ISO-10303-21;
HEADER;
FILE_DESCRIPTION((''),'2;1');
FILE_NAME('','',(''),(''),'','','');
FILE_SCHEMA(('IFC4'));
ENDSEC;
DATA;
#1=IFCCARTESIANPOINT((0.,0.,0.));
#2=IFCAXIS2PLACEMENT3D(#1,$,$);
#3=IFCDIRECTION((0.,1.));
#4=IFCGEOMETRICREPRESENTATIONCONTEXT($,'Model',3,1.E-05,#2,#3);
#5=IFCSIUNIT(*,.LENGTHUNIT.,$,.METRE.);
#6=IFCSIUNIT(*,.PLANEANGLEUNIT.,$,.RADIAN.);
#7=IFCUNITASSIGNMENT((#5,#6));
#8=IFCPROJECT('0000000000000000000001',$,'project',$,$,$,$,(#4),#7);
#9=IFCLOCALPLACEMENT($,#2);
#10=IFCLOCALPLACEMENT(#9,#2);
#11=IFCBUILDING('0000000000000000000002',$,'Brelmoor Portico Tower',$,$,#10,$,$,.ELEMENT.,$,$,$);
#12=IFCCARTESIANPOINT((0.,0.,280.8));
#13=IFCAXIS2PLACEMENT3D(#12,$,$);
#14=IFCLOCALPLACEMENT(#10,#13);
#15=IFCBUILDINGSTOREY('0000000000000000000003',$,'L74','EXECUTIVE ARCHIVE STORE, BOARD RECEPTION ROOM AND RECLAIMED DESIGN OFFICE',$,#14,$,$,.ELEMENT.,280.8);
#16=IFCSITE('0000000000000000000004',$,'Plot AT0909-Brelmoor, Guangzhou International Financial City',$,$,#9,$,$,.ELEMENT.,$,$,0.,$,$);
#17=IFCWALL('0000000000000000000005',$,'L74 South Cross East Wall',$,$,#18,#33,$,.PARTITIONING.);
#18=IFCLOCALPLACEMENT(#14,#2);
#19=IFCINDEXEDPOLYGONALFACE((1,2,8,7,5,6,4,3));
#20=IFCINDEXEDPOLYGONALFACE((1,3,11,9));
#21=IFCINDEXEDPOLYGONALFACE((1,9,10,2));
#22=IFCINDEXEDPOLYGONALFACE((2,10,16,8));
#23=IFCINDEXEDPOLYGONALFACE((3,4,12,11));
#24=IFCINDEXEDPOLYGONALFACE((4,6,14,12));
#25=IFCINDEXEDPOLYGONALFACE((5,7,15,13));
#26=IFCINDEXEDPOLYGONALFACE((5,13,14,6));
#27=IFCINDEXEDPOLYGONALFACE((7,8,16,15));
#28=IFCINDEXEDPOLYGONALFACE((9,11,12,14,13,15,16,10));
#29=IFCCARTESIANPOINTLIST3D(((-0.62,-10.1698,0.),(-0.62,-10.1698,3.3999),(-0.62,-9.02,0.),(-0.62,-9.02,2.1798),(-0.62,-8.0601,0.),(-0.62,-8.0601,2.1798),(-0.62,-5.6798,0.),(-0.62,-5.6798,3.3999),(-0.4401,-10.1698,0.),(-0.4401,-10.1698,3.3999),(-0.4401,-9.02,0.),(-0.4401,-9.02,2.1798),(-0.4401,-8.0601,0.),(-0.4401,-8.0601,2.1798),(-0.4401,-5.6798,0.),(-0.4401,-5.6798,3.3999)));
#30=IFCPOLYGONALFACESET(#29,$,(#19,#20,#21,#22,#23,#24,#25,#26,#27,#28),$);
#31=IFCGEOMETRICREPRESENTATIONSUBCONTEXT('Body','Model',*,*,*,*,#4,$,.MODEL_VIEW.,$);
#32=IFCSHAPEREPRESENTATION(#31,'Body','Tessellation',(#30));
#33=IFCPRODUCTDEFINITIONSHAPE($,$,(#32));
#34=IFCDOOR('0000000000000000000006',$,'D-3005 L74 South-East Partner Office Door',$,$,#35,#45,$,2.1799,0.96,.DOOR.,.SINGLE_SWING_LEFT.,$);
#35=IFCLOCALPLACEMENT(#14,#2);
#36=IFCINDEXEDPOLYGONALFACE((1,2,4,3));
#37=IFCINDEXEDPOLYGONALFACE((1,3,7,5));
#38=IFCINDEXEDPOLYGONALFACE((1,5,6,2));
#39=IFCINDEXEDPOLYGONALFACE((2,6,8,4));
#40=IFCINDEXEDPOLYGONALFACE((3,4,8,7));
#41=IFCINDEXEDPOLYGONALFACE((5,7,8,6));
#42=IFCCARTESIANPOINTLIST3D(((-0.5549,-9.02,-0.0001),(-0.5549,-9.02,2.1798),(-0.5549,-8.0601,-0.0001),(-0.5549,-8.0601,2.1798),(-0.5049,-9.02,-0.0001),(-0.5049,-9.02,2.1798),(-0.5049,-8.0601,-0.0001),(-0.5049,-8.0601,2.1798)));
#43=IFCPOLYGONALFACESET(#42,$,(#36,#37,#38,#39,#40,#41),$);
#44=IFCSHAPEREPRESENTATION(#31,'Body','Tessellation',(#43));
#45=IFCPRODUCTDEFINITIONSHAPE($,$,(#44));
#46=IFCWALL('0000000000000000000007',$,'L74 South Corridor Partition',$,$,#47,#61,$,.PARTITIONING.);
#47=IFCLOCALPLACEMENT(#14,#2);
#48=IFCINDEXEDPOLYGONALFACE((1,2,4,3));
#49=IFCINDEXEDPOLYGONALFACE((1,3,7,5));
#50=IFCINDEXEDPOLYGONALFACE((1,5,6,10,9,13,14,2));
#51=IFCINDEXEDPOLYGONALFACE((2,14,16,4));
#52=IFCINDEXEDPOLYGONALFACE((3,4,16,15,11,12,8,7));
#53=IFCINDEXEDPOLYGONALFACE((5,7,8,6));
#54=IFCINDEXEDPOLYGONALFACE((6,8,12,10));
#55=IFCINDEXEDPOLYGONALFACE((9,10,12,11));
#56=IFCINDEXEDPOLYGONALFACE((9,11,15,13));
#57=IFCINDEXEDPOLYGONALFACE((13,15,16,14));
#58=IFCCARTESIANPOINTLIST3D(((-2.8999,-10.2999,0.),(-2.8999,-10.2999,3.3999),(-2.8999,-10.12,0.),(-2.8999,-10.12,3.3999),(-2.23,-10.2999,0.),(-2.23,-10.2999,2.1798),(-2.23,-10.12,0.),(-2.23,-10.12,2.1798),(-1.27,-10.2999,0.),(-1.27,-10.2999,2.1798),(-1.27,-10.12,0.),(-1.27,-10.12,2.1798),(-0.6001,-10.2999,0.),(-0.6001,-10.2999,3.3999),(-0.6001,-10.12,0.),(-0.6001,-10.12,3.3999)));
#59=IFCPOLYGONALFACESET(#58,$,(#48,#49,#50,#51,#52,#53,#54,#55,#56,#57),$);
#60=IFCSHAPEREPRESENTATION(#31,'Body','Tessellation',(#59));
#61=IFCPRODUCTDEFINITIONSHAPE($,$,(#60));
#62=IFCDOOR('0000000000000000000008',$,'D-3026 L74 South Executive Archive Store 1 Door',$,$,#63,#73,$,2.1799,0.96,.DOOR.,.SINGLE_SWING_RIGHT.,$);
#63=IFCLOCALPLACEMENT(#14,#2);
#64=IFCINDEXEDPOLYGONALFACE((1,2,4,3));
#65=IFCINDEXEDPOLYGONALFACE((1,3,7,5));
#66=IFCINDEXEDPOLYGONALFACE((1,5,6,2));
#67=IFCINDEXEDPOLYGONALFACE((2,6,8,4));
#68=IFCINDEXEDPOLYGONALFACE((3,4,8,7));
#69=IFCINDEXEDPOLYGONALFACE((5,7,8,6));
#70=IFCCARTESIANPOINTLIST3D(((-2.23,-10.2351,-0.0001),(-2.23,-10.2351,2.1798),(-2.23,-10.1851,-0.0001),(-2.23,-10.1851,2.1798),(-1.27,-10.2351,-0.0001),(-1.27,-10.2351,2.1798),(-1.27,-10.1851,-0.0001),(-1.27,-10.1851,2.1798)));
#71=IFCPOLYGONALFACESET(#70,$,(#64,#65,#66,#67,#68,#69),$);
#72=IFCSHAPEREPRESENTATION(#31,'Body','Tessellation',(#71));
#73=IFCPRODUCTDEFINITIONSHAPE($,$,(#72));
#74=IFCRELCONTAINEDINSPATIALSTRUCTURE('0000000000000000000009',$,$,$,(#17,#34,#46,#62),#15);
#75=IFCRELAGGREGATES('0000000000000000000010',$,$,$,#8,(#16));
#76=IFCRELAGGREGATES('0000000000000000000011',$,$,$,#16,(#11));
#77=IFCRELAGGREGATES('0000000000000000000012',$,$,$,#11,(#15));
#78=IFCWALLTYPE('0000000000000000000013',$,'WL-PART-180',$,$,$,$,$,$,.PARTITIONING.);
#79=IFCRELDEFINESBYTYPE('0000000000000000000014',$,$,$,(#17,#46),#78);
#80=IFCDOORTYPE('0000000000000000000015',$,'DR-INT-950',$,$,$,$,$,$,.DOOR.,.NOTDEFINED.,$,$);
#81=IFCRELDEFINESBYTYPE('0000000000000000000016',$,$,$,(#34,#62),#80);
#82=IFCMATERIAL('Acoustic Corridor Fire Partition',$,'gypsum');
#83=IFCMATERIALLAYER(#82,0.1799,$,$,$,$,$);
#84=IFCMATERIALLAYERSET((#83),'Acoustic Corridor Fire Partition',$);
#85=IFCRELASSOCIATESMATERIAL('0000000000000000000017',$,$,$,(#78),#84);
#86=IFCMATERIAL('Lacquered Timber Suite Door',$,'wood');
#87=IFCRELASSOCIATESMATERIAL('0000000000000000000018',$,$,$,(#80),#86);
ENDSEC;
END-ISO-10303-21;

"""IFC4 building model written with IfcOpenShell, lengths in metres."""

from ifc_helpers import new_model, si_unit, direction, frame, frame_2d, origin, place, context, subcontext, project, spatial, rectangle, extrude, material, layer, layer_set, type_object, element, fill, save


model = new_model("IFC4")

# Units and contexts
model_context = context("Model", 3, precision=1e-05, world=origin(), true_north=direction((0.0, 1.0)))
body_context = subcontext(model_context, "Body", "Model", "MODEL_VIEW")
ifc_project = project(units=[si_unit("LENGTHUNIT", "METRE"), si_unit("PLANEANGLEUNIT", "RADIAN")], contexts=[model_context])

# Site, building, storey
site_placement = place(None, origin())
site = spatial("IfcSite", under=ifc_project, at=site_placement, Name="Plot AT0909-Brelmoor, Guangzhou International Financial City", CompositionType="ELEMENT", RefElevation=0.0)
building_placement = place(site_placement, origin())
building = spatial("IfcBuilding", under=site, at=building_placement, Name="Brelmoor Portico Tower", CompositionType="ELEMENT")
storey_placement = place(building_placement, frame((0.0, 0.0, 280.8)))
storey = spatial("IfcBuildingStorey", under=building, at=storey_placement, Name="L74", Description="EXECUTIVE ARCHIVE STORE, BOARD RECEPTION ROOM AND RECLAIMED DESIGN OFFICE", CompositionType="ELEMENT", Elevation=280.8)

# Walls, openings, doors
ifc_material_1 = material(Name="Acoustic Corridor Fire Partition", Category="gypsum")
ifc_layer_1 = layer(ifc_material_1, 0.1799)
ifc_layer_set_1 = layer_set([ifc_layer_1], Name="Acoustic Corridor Fire Partition")
wall_type = type_object("IfcWallType", Name="WL-PART-180", PredefinedType="PARTITIONING", material=ifc_layer_set_1)
ifc_material_2 = material(Name="Lacquered Timber Suite Door", Category="wood")
door_type = type_object("IfcDoorType", Name="DR-INT-950", OperationType="NOTDEFINED", PredefinedType="DOOR", material=ifc_material_2)
wall_1_placement = place(storey_placement, frame((-0.53, -10.1699, 0.0), z_axis=(0.0, 0.0, 1.0), x_axis=(0.0, 1.0, 0.0)))
wall_1 = element("IfcWall", 1, at=wall_1_placement, inside=storey, type_object=wall_type, Name="L74 South Cross East Wall", PredefinedType="PARTITIONING", context=body_context, shape_type="SweptSolid", body=[
    extrude(rectangle(XDim=4.49, YDim=0.1799, at=frame_2d((2.2451, 0.0))), origin(), (0.0, 0.0, 1.0), 3.3999),
])
opening_1_placement = place(wall_1_placement, frame((1.1499, 0.0, 0.0)))
opening_1 = element("IfcOpeningElement", 2, at=opening_1_placement, cuts=wall_1, PredefinedType="OPENING", context=body_context, shape_type="SweptSolid", body=[
    extrude(rectangle(XDim=0.96, YDim=2.1799, at=frame_2d((0.48, 1.0898))), frame((0.0, 0.0999, 0.0), z_axis=(0.0, -1.0, 0.0), x_axis=(1.0, 0.0, 0.0)), (0.0, 0.0, 1.0), 0.2),
])
door_1_placement = place(opening_1_placement, origin())
door_1 = element("IfcDoor", 3, at=door_1_placement, inside=storey, type_object=door_type, Name="D-3005 L74 South-East Partner Office Door", OperationType="SINGLE_SWING_LEFT", OverallHeight=2.1799, OverallWidth=0.96, PredefinedType="DOOR", context=body_context, shape_type="SweptSolid", body=[
    extrude(rectangle(XDim=0.96, YDim=2.1799, at=frame_2d((0.48, 1.0898))), frame((0.0, 0.0249, 0.0), z_axis=(0.0, -1.0, 0.0), x_axis=(1.0, 0.0, 0.0)), (0.0, 0.0, 1.0), 0.05),
])
fill(opening_1, door_1)
wall_2_placement = place(storey_placement, frame((-2.8999, -10.21, 0.0), z_axis=(0.0, 0.0, 1.0), x_axis=(1.0, 0.0, 0.0)))
wall_2 = element("IfcWall", 4, at=wall_2_placement, inside=storey, type_object=wall_type, Name="L74 South Corridor Partition", PredefinedType="PARTITIONING", context=body_context, shape_type="SweptSolid", body=[
    extrude(rectangle(XDim=2.2998, YDim=0.1799, at=frame_2d((1.1499, 0.0))), origin(), (0.0, 0.0, 1.0), 3.3999),
])
opening_2_placement = place(wall_2_placement, frame((0.6699, 0.0, 0.0)))
opening_2 = element("IfcOpeningElement", 5, at=opening_2_placement, cuts=wall_2, PredefinedType="OPENING", context=body_context, shape_type="SweptSolid", body=[
    extrude(rectangle(XDim=0.96, YDim=2.1799, at=frame_2d((0.48, 1.0898))), frame((0.0, 0.0999, 0.0), z_axis=(0.0, -1.0, 0.0), x_axis=(1.0, 0.0, 0.0)), (0.0, 0.0, 1.0), 0.2),
])
door_2_placement = place(opening_2_placement, origin())
door_2 = element("IfcDoor", 6, at=door_2_placement, inside=storey, type_object=door_type, Name="D-3026 L74 South Executive Archive Store 1 Door", OperationType="SINGLE_SWING_RIGHT", OverallHeight=2.1799, OverallWidth=0.96, PredefinedType="DOOR", context=body_context, shape_type="SweptSolid", body=[
    extrude(rectangle(XDim=0.96, YDim=2.1799, at=frame_2d((0.48, 1.0898))), frame((0.0, 0.0249, 0.0), z_axis=(0.0, -1.0, 0.0), x_axis=(1.0, 0.0, 0.0)), (0.0, 0.0, 1.0), 0.05),
])
fill(opening_2, door_2)

save(model, "model.ifc")
